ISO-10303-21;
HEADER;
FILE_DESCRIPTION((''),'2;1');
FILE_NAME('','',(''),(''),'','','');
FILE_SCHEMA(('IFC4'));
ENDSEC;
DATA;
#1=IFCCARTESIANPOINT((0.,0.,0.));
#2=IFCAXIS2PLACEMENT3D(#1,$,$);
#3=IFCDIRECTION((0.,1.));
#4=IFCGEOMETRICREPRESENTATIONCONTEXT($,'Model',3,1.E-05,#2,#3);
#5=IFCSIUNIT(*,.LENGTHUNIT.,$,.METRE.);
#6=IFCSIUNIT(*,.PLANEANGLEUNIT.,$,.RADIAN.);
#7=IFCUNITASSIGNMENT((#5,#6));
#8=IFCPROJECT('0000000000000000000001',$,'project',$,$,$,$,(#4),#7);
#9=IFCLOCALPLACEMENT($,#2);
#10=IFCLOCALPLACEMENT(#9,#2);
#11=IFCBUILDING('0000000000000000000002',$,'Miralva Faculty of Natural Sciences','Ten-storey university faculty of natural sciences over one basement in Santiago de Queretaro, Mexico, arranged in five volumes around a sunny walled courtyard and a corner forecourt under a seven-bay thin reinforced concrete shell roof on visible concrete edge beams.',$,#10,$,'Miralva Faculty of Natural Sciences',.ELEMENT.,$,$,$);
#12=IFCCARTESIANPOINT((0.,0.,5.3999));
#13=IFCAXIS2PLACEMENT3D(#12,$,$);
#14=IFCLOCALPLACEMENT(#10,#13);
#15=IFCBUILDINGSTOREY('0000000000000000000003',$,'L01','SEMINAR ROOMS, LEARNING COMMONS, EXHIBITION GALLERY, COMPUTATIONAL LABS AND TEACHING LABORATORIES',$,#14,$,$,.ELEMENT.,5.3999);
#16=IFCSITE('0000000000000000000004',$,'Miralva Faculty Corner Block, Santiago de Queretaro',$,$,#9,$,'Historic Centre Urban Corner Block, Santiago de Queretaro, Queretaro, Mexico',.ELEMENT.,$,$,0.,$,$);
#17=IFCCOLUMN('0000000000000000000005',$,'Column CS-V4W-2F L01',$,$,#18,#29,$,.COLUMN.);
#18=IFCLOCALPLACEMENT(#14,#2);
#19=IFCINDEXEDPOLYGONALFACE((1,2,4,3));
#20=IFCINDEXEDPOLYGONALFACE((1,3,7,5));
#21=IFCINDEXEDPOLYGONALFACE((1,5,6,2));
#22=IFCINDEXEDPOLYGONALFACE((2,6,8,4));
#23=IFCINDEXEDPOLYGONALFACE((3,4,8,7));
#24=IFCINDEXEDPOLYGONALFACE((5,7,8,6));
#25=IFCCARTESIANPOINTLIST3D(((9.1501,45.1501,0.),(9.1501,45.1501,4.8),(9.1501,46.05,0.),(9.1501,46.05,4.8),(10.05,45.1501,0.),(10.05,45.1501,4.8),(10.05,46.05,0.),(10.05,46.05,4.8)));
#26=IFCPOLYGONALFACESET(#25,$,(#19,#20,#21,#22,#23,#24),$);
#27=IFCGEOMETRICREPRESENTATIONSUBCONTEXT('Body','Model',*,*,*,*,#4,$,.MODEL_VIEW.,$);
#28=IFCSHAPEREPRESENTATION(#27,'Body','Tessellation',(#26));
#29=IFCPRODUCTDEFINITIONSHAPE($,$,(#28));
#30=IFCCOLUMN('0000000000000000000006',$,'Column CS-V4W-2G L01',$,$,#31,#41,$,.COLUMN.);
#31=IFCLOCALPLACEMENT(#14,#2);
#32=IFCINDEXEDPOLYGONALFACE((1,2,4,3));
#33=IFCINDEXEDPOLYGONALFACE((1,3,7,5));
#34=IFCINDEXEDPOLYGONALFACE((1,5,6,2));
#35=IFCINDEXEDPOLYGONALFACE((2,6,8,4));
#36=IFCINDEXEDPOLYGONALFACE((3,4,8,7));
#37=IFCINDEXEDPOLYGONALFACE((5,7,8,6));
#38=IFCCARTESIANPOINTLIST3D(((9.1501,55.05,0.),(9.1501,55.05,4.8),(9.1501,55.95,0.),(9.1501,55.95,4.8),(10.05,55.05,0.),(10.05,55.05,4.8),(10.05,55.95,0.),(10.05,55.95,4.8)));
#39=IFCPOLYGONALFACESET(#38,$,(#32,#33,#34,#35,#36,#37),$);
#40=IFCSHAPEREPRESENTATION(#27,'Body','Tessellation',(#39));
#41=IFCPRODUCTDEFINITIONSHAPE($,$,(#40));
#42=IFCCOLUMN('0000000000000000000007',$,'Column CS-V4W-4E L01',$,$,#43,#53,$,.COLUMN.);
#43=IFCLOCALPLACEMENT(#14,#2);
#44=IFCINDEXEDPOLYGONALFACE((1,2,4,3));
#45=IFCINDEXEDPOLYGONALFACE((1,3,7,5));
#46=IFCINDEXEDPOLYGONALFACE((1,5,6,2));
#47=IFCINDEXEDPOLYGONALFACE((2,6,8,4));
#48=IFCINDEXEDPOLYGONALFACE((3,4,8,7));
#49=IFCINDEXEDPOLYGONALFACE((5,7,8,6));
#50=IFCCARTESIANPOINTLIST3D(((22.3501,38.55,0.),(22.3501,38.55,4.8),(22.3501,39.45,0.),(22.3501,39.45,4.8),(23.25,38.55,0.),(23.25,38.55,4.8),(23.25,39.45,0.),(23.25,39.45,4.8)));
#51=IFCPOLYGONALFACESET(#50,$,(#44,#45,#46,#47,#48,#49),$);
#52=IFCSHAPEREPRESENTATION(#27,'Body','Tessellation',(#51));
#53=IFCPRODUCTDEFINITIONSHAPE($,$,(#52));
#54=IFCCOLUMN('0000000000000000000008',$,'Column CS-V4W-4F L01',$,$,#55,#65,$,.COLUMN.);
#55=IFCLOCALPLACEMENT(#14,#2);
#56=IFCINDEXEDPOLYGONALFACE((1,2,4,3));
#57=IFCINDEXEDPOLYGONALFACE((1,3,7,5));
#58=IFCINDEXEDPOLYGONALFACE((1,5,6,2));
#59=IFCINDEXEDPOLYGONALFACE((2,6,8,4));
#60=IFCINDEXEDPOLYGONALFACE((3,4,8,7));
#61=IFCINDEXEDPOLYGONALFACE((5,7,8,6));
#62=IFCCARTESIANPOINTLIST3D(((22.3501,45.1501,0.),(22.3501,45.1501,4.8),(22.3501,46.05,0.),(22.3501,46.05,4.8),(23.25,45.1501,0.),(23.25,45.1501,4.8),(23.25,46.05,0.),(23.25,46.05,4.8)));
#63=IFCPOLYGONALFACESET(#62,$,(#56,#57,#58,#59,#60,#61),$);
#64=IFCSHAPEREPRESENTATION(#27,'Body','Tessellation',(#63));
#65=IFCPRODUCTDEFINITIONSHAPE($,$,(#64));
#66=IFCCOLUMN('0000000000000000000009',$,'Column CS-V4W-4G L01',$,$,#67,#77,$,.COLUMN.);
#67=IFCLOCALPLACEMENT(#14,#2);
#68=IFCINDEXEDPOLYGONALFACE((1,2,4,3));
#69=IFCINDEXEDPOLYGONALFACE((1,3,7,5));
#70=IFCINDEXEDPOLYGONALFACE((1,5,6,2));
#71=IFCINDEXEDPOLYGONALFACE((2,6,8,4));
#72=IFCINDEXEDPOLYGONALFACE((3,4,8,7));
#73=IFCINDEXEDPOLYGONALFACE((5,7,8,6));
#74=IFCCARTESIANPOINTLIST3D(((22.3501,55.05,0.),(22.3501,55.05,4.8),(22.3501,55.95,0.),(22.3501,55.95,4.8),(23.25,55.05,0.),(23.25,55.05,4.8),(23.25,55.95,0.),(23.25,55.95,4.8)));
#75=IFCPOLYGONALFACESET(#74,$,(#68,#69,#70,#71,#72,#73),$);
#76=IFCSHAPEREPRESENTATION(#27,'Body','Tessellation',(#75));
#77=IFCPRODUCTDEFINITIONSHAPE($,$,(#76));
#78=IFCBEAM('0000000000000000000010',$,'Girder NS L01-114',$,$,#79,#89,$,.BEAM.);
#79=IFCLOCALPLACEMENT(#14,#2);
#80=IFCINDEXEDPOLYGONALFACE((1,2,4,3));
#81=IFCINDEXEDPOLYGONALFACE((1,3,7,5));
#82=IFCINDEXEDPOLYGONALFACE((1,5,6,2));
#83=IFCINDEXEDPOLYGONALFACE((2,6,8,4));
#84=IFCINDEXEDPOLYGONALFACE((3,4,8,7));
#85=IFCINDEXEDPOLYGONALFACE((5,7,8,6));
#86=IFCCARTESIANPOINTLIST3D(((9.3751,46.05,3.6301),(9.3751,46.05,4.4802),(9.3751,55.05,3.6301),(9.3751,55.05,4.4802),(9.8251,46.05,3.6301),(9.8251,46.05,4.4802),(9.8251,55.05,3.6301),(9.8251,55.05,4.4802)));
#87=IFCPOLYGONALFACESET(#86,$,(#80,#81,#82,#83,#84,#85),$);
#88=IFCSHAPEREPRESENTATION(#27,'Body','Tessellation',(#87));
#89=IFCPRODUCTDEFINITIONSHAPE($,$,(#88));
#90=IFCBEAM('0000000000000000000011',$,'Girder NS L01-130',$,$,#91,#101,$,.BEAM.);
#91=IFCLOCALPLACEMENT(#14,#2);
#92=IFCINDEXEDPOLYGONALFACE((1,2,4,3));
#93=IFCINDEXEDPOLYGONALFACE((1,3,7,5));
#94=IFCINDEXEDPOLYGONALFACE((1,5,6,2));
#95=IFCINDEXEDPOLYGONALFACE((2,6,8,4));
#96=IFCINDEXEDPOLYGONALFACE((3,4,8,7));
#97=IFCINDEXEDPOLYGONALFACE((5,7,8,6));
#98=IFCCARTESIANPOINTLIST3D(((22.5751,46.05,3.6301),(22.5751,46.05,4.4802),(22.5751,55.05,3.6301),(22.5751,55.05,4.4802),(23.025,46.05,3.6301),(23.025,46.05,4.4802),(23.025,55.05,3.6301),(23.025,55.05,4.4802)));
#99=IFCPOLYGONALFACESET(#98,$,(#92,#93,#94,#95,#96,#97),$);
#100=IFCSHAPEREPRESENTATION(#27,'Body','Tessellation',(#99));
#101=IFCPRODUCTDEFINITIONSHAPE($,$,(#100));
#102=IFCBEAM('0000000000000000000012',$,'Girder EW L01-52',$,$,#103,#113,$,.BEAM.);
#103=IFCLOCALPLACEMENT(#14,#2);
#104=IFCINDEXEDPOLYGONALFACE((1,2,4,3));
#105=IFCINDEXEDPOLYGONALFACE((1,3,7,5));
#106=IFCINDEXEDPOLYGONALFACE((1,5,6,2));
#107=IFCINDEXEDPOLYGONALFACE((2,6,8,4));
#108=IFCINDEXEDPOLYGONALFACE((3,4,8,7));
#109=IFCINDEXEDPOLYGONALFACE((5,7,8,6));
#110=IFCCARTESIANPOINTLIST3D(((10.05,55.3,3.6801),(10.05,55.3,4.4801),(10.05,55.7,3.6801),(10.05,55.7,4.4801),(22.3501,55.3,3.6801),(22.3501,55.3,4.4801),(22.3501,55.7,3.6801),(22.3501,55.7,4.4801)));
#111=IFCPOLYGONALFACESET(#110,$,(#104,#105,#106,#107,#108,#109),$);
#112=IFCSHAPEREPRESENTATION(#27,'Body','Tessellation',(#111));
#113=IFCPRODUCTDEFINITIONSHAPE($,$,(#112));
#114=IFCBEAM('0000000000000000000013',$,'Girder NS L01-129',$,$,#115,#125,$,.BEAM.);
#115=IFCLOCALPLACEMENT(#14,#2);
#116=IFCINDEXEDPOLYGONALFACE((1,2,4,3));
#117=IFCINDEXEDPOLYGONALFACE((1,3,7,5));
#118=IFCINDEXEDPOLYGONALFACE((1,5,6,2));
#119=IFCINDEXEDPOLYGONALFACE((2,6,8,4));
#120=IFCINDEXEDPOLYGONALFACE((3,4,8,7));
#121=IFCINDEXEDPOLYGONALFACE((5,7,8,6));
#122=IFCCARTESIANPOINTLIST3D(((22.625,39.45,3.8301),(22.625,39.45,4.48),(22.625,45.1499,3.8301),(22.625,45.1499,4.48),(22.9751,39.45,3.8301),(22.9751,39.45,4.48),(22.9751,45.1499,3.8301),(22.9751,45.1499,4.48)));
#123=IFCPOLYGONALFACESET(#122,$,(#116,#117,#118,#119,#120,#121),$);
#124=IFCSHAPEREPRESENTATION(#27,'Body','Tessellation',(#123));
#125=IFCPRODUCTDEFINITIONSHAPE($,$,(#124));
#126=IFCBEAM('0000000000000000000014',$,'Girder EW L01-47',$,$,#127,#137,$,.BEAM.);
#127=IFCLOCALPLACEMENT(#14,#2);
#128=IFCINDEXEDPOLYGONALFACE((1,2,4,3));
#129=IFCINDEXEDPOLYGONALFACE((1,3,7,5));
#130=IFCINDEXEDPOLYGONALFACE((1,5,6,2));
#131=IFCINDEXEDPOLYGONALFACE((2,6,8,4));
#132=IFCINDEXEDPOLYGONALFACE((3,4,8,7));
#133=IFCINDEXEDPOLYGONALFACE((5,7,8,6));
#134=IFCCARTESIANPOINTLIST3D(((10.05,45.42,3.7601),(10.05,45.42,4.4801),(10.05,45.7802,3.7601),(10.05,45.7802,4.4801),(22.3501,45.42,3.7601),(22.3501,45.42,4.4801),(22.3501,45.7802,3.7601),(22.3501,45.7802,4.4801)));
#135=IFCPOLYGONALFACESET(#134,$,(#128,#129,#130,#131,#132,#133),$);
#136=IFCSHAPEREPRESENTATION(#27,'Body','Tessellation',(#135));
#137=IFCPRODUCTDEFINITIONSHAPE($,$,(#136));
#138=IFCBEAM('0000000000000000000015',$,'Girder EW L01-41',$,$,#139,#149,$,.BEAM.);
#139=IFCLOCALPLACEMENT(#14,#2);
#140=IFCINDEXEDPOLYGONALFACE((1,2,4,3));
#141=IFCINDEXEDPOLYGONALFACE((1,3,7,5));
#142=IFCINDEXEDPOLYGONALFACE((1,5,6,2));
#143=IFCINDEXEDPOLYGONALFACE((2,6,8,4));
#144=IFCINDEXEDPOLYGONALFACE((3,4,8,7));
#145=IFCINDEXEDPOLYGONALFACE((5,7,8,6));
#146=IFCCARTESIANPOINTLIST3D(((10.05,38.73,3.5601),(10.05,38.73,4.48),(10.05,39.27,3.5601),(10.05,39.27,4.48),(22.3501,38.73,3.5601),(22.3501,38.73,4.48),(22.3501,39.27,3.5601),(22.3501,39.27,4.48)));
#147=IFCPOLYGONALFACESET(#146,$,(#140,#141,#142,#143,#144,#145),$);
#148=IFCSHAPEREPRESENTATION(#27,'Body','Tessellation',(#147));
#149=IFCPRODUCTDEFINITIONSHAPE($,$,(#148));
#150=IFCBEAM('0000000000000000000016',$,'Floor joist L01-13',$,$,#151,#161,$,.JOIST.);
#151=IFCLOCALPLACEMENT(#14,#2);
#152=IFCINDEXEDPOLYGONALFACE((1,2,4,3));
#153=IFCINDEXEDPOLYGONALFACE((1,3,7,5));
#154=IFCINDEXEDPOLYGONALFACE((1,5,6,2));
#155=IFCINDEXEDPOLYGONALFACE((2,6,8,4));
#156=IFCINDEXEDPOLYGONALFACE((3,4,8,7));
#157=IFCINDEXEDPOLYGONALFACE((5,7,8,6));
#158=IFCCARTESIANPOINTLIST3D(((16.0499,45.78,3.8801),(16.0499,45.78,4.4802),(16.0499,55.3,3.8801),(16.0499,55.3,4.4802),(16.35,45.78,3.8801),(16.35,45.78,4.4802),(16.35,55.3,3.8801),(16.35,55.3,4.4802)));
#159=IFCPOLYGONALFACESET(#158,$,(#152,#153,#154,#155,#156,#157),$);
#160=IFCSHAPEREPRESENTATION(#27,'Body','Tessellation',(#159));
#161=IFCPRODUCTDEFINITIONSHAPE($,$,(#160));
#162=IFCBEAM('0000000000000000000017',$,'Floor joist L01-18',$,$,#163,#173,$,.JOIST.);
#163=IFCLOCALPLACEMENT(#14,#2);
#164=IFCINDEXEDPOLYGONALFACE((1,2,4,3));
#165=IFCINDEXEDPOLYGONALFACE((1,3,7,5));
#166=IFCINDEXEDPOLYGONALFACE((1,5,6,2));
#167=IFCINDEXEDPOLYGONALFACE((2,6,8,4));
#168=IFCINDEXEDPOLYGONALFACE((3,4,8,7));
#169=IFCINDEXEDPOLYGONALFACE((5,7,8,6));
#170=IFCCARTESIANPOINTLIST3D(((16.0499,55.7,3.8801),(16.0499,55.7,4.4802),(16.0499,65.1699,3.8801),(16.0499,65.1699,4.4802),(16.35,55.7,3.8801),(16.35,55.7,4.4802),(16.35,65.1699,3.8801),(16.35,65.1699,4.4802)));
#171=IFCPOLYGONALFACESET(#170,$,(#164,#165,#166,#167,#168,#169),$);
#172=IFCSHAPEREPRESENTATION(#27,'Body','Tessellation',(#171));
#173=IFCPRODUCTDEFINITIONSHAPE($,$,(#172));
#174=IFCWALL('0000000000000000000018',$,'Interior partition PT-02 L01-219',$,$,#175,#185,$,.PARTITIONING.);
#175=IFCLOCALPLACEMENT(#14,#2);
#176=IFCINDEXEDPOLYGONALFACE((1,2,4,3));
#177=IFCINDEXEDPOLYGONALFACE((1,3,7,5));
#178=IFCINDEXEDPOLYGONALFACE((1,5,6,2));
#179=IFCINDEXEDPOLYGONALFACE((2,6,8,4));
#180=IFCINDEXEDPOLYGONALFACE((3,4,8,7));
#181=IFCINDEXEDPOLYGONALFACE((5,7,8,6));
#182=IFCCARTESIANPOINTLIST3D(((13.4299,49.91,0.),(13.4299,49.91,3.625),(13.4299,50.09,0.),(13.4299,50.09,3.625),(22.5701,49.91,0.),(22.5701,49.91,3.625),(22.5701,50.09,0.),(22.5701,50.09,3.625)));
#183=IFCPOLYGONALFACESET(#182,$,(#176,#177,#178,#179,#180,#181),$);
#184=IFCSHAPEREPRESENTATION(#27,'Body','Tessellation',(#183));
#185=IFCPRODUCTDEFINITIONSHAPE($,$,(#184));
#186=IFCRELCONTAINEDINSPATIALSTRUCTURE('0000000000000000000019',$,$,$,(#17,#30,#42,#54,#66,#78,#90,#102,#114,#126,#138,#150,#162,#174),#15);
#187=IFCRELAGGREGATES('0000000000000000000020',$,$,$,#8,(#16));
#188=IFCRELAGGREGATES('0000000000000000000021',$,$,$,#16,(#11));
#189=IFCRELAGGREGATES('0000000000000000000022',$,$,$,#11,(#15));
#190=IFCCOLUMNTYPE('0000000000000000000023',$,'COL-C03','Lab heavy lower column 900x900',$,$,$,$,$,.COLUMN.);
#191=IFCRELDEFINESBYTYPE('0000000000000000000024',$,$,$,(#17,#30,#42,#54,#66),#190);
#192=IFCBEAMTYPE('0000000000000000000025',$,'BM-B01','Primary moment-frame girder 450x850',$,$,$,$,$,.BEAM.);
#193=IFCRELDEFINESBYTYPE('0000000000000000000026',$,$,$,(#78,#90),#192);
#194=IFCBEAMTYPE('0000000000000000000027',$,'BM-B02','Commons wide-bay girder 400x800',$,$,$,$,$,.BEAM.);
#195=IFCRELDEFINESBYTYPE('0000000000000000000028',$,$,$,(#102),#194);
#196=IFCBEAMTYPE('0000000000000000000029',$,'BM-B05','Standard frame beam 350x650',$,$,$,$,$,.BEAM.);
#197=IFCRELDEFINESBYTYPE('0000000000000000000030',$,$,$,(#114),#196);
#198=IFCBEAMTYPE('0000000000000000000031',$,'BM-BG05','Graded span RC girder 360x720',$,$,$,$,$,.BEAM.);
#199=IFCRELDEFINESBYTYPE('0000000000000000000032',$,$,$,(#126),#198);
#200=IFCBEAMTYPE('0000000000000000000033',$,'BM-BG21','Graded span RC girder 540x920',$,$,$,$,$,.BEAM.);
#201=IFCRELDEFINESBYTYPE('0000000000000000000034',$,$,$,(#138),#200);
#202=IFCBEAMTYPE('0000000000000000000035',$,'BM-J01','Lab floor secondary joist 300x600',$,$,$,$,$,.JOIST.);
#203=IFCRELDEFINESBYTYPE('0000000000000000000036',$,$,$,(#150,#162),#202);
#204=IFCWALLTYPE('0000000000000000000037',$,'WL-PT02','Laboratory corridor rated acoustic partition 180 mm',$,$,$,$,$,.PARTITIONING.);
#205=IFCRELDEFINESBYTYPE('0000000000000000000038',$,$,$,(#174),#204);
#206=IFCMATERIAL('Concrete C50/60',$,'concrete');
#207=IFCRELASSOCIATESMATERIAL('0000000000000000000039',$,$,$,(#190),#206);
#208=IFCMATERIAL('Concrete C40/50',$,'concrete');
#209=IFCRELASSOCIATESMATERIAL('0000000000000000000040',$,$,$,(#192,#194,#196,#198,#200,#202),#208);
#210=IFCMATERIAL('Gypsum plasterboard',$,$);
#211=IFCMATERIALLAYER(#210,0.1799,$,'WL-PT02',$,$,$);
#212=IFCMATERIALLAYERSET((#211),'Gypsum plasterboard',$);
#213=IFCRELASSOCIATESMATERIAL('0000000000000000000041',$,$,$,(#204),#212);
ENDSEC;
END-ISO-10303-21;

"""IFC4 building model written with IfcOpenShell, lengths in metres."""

from ifc_helpers import new_model, si_unit, direction, frame, frame_2d, origin, origin_2d, place, context, subcontext, project, spatial, rectangle, extrude, material, layer, layer_set, material_profile, profile_set, type_object, element, save


model = new_model("IFC4")

# Units and contexts
model_context = context("Model", 3, precision=1e-05, world=origin(), true_north=direction((0.0, 1.0)))
body_context = subcontext(model_context, "Body", "Model", "MODEL_VIEW")
ifc_project = project(units=[si_unit("LENGTHUNIT", "METRE"), si_unit("PLANEANGLEUNIT", "RADIAN")], contexts=[model_context])

# Site, building, storey
site_placement = place(None, origin())
site = spatial("IfcSite", under=ifc_project, at=site_placement, Name="Miralva Faculty Corner Block, Santiago de Queretaro", LongName="Historic Centre Urban Corner Block, Santiago de Queretaro, Queretaro, Mexico", CompositionType="ELEMENT", RefElevation=0.0)
building_placement = place(site_placement, origin())
building = spatial("IfcBuilding", under=site, at=building_placement, Name="Miralva Faculty of Natural Sciences", Description="Ten-storey university faculty of natural sciences over one basement in Santiago de Queretaro, Mexico, arranged in five volumes around a sunny walled courtyard and a corner forecourt under a seven-bay thin reinforced concrete shell roof on visible concrete edge beams.", LongName="Miralva Faculty of Natural Sciences", CompositionType="ELEMENT")
storey_placement = place(building_placement, frame((0.0, 0.0, 5.3999)))
storey = spatial("IfcBuildingStorey", under=building, at=storey_placement, Name="L01", Description="SEMINAR ROOMS, LEARNING COMMONS, EXHIBITION GALLERY, COMPUTATIONAL LABS AND TEACHING LABORATORIES", CompositionType="ELEMENT", Elevation=5.3999)

# Columns
ifc_material_1 = material(Name="Concrete C50/60", Category="concrete")
ifc_material_profile_1 = material_profile(ifc_material_1, rectangle(XDim=0.8999, YDim=0.8999, at=origin_2d()), Name="RC 900x900")
ifc_profile_set_1 = profile_set([ifc_material_profile_1], Name="Concrete C50/60")
column_type = type_object("IfcColumnType", Name="COL-C03", Description="Lab heavy lower column 900x900", PredefinedType="COLUMN", material=ifc_profile_set_1)
for number, where, z_axis, x_axis, name in (
    (1, (9.6001, 45.6001, 0.0), (0.0, 0.0, 1.0), (1.0, 0.0, 0.0), "Column CS-V4W-2F L01"),
    (2, (9.6001, 55.5, 0.0), (0.0, 0.0, 1.0), (1.0, 0.0, 0.0), "Column CS-V4W-2G L01"),
    (3, (22.8, 39.0, 0.0), (0.0, 0.0, 1.0), (1.0, 0.0, 0.0), "Column CS-V4W-4E L01"),
    (4, (22.8, 45.6001, 0.0), (0.0, 0.0, 1.0), (1.0, 0.0, 0.0), "Column CS-V4W-4F L01"),
    (5, (22.8, 55.5, 0.0), (0.0, 0.0, 1.0), (1.0, 0.0, 0.0), "Column CS-V4W-4G L01"),
):
    element("IfcColumn", number, at=place(storey_placement, frame(where, z_axis=z_axis, x_axis=x_axis)), inside=storey, type_object=column_type, Name=name, PredefinedType="COLUMN", context=body_context, shape_type="SweptSolid", body=[
        extrude(rectangle(XDim=0.8999, YDim=0.8999, at=origin_2d()), origin(), (0.0, 0.0, 1.0), 4.8),
    ])

# Beams
ifc_material_2 = material(Name="Concrete C40/50", Category="concrete")
ifc_material_profile_2 = material_profile(ifc_material_2, rectangle(XDim=0.45, YDim=0.8501, at=origin_2d()), Name="RC 450x850")
ifc_profile_set_2 = profile_set([ifc_material_profile_2], Name="Concrete C40/50")
beam_type_1 = type_object("IfcBeamType", Name="BM-B01", Description="Primary moment-frame girder 450x850", PredefinedType="BEAM", material=ifc_profile_set_2)
for number, where, z_axis, x_axis, name in (
    (6, (9.6001, 46.05, 4.0552), (0.0, 1.0, 0.0), (-1.0, 0.0, 0.0), "Girder NS L01-114"),
    (7, (22.8, 46.05, 4.0552), (0.0, 1.0, 0.0), (-1.0, 0.0, 0.0), "Girder NS L01-130"),
):
    element("IfcBeam", number, at=place(storey_placement, frame(where, z_axis=z_axis, x_axis=x_axis)), inside=storey, type_object=beam_type_1, Name=name, PredefinedType="BEAM", context=body_context, shape_type="SweptSolid", body=[
        extrude(rectangle(XDim=0.45, YDim=0.8501, at=origin_2d()), origin(), (0.0, 0.0, 1.0), 9.0),
    ])
ifc_material_profile_3 = material_profile(ifc_material_2, rectangle(XDim=0.3999, YDim=0.8, at=origin_2d()), Name="RC 400x800")
ifc_profile_set_3 = profile_set([ifc_material_profile_3], Name="Concrete C40/50")
beam_type_2 = type_object("IfcBeamType", Name="BM-B02", Description="Commons wide-bay girder 400x800", PredefinedType="BEAM", material=ifc_profile_set_3)
beam_1_placement = place(storey_placement, frame((10.05, 55.5, 4.0801), z_axis=(1.0, 0.0, 0.0), x_axis=(0.0, 1.0, 0.0)))
element("IfcBeam", 8, at=beam_1_placement, inside=storey, type_object=beam_type_2, Name="Girder EW L01-52", PredefinedType="BEAM", context=body_context, shape_type="SweptSolid", body=[
    extrude(rectangle(XDim=0.3999, YDim=0.8, at=origin_2d()), origin(), (0.0, 0.0, 1.0), 12.3),
])
ifc_material_profile_4 = material_profile(ifc_material_2, rectangle(XDim=0.3501, YDim=0.6499, at=origin_2d()), Name="RC 350x650")
ifc_profile_set_4 = profile_set([ifc_material_profile_4], Name="Concrete C40/50")
beam_type_3 = type_object("IfcBeamType", Name="BM-B05", Description="Standard frame beam 350x650", PredefinedType="BEAM", material=ifc_profile_set_4)
beam_2_placement = place(storey_placement, frame((22.8, 39.45, 4.155), z_axis=(0.0, 1.0, 0.0), x_axis=(-1.0, 0.0, 0.0)))
element("IfcBeam", 9, at=beam_2_placement, inside=storey, type_object=beam_type_3, Name="Girder NS L01-129", PredefinedType="BEAM", context=body_context, shape_type="SweptSolid", body=[
    extrude(rectangle(XDim=0.3501, YDim=0.6499, at=origin_2d()), origin(), (0.0, 0.0, 1.0), 5.7),
])
ifc_material_profile_5 = material_profile(ifc_material_2, rectangle(XDim=0.3601, YDim=0.72, at=origin_2d()), Name="RC 360x720")
ifc_profile_set_5 = profile_set([ifc_material_profile_5], Name="Concrete C40/50")
beam_type_4 = type_object("IfcBeamType", Name="BM-BG05", Description="Graded span RC girder 360x720", PredefinedType="BEAM", material=ifc_profile_set_5)
beam_3_placement = place(storey_placement, frame((10.05, 45.6001, 4.1201), z_axis=(1.0, 0.0, 0.0), x_axis=(0.0, 1.0, 0.0)))
element("IfcBeam", 10, at=beam_3_placement, inside=storey, type_object=beam_type_4, Name="Girder EW L01-47", PredefinedType="BEAM", context=body_context, shape_type="SweptSolid", body=[
    extrude(rectangle(XDim=0.3601, YDim=0.72, at=origin_2d()), origin(), (0.0, 0.0, 1.0), 12.3),
])
ifc_material_profile_6 = material_profile(ifc_material_2, rectangle(XDim=0.54, YDim=0.9199, at=origin_2d()), Name="RC 540x920")
ifc_profile_set_6 = profile_set([ifc_material_profile_6], Name="Concrete C40/50")
beam_type_5 = type_object("IfcBeamType", Name="BM-BG21", Description="Graded span RC girder 540x920", PredefinedType="BEAM", material=ifc_profile_set_6)
beam_4_placement = place(storey_placement, frame((10.05, 39.0, 4.02), z_axis=(1.0, 0.0, 0.0), x_axis=(0.0, 1.0, 0.0)))
element("IfcBeam", 11, at=beam_4_placement, inside=storey, type_object=beam_type_5, Name="Girder EW L01-41", PredefinedType="BEAM", context=body_context, shape_type="SweptSolid", body=[
    extrude(rectangle(XDim=0.54, YDim=0.9199, at=origin_2d()), origin(), (0.0, 0.0, 1.0), 12.3),
])
ifc_material_profile_7 = material_profile(ifc_material_2, rectangle(XDim=0.3, YDim=0.6001, at=origin_2d()), Name="RC 300x600")
ifc_profile_set_7 = profile_set([ifc_material_profile_7], Name="Concrete C40/50")
beam_type_6 = type_object("IfcBeamType", Name="BM-J01", Description="Lab floor secondary joist 300x600", PredefinedType="JOIST", material=ifc_profile_set_7)
beam_5_placement = place(storey_placement, frame((16.2, 45.78, 4.1802), z_axis=(0.0, 1.0, 0.0), x_axis=(-1.0, 0.0, 0.0)))
element("IfcBeam", 12, at=beam_5_placement, inside=storey, type_object=beam_type_6, Name="Floor joist L01-13", PredefinedType="JOIST", context=body_context, shape_type="SweptSolid", body=[
    extrude(rectangle(XDim=0.3, YDim=0.6001, at=origin_2d()), origin(), (0.0, 0.0, 1.0), 9.52),
])
beam_6_placement = place(storey_placement, frame((16.2, 55.7, 4.1802), z_axis=(0.0, 1.0, 0.0), x_axis=(-1.0, 0.0, 0.0)))
element("IfcBeam", 13, at=beam_6_placement, inside=storey, type_object=beam_type_6, Name="Floor joist L01-18", PredefinedType="JOIST", context=body_context, shape_type="SweptSolid", body=[
    extrude(rectangle(XDim=0.3, YDim=0.6001, at=origin_2d()), origin(), (0.0, 0.0, 1.0), 9.47),
])

# Wall
ifc_material_3 = material(Name="Gypsum plasterboard")
ifc_layer_1 = layer(ifc_material_3, 0.1799, Name="WL-PT02")
ifc_layer_set_1 = layer_set([ifc_layer_1], Name="Gypsum plasterboard")
wall_type_1 = type_object("IfcWallType", Name="WL-PT02", Description="Laboratory corridor rated acoustic partition 180 mm", PredefinedType="PARTITIONING", material=ifc_layer_set_1)
wall_1_placement = place(storey_placement, frame((13.4299, 50.0, 0.0), z_axis=(0.0, 0.0, 1.0), x_axis=(1.0, 0.0, 0.0)))
element("IfcWall", 14, at=wall_1_placement, inside=storey, type_object=wall_type_1, Name="Interior partition PT-02 L01-219", PredefinedType="PARTITIONING", context=body_context, shape_type="SweptSolid", body=[
    extrude(rectangle(XDim=9.1401, YDim=0.1799, at=frame_2d((4.5701, 0.0))), origin(), (0.0, 0.0, 1.0), 3.625),
])

save(model, "model.ifc")
